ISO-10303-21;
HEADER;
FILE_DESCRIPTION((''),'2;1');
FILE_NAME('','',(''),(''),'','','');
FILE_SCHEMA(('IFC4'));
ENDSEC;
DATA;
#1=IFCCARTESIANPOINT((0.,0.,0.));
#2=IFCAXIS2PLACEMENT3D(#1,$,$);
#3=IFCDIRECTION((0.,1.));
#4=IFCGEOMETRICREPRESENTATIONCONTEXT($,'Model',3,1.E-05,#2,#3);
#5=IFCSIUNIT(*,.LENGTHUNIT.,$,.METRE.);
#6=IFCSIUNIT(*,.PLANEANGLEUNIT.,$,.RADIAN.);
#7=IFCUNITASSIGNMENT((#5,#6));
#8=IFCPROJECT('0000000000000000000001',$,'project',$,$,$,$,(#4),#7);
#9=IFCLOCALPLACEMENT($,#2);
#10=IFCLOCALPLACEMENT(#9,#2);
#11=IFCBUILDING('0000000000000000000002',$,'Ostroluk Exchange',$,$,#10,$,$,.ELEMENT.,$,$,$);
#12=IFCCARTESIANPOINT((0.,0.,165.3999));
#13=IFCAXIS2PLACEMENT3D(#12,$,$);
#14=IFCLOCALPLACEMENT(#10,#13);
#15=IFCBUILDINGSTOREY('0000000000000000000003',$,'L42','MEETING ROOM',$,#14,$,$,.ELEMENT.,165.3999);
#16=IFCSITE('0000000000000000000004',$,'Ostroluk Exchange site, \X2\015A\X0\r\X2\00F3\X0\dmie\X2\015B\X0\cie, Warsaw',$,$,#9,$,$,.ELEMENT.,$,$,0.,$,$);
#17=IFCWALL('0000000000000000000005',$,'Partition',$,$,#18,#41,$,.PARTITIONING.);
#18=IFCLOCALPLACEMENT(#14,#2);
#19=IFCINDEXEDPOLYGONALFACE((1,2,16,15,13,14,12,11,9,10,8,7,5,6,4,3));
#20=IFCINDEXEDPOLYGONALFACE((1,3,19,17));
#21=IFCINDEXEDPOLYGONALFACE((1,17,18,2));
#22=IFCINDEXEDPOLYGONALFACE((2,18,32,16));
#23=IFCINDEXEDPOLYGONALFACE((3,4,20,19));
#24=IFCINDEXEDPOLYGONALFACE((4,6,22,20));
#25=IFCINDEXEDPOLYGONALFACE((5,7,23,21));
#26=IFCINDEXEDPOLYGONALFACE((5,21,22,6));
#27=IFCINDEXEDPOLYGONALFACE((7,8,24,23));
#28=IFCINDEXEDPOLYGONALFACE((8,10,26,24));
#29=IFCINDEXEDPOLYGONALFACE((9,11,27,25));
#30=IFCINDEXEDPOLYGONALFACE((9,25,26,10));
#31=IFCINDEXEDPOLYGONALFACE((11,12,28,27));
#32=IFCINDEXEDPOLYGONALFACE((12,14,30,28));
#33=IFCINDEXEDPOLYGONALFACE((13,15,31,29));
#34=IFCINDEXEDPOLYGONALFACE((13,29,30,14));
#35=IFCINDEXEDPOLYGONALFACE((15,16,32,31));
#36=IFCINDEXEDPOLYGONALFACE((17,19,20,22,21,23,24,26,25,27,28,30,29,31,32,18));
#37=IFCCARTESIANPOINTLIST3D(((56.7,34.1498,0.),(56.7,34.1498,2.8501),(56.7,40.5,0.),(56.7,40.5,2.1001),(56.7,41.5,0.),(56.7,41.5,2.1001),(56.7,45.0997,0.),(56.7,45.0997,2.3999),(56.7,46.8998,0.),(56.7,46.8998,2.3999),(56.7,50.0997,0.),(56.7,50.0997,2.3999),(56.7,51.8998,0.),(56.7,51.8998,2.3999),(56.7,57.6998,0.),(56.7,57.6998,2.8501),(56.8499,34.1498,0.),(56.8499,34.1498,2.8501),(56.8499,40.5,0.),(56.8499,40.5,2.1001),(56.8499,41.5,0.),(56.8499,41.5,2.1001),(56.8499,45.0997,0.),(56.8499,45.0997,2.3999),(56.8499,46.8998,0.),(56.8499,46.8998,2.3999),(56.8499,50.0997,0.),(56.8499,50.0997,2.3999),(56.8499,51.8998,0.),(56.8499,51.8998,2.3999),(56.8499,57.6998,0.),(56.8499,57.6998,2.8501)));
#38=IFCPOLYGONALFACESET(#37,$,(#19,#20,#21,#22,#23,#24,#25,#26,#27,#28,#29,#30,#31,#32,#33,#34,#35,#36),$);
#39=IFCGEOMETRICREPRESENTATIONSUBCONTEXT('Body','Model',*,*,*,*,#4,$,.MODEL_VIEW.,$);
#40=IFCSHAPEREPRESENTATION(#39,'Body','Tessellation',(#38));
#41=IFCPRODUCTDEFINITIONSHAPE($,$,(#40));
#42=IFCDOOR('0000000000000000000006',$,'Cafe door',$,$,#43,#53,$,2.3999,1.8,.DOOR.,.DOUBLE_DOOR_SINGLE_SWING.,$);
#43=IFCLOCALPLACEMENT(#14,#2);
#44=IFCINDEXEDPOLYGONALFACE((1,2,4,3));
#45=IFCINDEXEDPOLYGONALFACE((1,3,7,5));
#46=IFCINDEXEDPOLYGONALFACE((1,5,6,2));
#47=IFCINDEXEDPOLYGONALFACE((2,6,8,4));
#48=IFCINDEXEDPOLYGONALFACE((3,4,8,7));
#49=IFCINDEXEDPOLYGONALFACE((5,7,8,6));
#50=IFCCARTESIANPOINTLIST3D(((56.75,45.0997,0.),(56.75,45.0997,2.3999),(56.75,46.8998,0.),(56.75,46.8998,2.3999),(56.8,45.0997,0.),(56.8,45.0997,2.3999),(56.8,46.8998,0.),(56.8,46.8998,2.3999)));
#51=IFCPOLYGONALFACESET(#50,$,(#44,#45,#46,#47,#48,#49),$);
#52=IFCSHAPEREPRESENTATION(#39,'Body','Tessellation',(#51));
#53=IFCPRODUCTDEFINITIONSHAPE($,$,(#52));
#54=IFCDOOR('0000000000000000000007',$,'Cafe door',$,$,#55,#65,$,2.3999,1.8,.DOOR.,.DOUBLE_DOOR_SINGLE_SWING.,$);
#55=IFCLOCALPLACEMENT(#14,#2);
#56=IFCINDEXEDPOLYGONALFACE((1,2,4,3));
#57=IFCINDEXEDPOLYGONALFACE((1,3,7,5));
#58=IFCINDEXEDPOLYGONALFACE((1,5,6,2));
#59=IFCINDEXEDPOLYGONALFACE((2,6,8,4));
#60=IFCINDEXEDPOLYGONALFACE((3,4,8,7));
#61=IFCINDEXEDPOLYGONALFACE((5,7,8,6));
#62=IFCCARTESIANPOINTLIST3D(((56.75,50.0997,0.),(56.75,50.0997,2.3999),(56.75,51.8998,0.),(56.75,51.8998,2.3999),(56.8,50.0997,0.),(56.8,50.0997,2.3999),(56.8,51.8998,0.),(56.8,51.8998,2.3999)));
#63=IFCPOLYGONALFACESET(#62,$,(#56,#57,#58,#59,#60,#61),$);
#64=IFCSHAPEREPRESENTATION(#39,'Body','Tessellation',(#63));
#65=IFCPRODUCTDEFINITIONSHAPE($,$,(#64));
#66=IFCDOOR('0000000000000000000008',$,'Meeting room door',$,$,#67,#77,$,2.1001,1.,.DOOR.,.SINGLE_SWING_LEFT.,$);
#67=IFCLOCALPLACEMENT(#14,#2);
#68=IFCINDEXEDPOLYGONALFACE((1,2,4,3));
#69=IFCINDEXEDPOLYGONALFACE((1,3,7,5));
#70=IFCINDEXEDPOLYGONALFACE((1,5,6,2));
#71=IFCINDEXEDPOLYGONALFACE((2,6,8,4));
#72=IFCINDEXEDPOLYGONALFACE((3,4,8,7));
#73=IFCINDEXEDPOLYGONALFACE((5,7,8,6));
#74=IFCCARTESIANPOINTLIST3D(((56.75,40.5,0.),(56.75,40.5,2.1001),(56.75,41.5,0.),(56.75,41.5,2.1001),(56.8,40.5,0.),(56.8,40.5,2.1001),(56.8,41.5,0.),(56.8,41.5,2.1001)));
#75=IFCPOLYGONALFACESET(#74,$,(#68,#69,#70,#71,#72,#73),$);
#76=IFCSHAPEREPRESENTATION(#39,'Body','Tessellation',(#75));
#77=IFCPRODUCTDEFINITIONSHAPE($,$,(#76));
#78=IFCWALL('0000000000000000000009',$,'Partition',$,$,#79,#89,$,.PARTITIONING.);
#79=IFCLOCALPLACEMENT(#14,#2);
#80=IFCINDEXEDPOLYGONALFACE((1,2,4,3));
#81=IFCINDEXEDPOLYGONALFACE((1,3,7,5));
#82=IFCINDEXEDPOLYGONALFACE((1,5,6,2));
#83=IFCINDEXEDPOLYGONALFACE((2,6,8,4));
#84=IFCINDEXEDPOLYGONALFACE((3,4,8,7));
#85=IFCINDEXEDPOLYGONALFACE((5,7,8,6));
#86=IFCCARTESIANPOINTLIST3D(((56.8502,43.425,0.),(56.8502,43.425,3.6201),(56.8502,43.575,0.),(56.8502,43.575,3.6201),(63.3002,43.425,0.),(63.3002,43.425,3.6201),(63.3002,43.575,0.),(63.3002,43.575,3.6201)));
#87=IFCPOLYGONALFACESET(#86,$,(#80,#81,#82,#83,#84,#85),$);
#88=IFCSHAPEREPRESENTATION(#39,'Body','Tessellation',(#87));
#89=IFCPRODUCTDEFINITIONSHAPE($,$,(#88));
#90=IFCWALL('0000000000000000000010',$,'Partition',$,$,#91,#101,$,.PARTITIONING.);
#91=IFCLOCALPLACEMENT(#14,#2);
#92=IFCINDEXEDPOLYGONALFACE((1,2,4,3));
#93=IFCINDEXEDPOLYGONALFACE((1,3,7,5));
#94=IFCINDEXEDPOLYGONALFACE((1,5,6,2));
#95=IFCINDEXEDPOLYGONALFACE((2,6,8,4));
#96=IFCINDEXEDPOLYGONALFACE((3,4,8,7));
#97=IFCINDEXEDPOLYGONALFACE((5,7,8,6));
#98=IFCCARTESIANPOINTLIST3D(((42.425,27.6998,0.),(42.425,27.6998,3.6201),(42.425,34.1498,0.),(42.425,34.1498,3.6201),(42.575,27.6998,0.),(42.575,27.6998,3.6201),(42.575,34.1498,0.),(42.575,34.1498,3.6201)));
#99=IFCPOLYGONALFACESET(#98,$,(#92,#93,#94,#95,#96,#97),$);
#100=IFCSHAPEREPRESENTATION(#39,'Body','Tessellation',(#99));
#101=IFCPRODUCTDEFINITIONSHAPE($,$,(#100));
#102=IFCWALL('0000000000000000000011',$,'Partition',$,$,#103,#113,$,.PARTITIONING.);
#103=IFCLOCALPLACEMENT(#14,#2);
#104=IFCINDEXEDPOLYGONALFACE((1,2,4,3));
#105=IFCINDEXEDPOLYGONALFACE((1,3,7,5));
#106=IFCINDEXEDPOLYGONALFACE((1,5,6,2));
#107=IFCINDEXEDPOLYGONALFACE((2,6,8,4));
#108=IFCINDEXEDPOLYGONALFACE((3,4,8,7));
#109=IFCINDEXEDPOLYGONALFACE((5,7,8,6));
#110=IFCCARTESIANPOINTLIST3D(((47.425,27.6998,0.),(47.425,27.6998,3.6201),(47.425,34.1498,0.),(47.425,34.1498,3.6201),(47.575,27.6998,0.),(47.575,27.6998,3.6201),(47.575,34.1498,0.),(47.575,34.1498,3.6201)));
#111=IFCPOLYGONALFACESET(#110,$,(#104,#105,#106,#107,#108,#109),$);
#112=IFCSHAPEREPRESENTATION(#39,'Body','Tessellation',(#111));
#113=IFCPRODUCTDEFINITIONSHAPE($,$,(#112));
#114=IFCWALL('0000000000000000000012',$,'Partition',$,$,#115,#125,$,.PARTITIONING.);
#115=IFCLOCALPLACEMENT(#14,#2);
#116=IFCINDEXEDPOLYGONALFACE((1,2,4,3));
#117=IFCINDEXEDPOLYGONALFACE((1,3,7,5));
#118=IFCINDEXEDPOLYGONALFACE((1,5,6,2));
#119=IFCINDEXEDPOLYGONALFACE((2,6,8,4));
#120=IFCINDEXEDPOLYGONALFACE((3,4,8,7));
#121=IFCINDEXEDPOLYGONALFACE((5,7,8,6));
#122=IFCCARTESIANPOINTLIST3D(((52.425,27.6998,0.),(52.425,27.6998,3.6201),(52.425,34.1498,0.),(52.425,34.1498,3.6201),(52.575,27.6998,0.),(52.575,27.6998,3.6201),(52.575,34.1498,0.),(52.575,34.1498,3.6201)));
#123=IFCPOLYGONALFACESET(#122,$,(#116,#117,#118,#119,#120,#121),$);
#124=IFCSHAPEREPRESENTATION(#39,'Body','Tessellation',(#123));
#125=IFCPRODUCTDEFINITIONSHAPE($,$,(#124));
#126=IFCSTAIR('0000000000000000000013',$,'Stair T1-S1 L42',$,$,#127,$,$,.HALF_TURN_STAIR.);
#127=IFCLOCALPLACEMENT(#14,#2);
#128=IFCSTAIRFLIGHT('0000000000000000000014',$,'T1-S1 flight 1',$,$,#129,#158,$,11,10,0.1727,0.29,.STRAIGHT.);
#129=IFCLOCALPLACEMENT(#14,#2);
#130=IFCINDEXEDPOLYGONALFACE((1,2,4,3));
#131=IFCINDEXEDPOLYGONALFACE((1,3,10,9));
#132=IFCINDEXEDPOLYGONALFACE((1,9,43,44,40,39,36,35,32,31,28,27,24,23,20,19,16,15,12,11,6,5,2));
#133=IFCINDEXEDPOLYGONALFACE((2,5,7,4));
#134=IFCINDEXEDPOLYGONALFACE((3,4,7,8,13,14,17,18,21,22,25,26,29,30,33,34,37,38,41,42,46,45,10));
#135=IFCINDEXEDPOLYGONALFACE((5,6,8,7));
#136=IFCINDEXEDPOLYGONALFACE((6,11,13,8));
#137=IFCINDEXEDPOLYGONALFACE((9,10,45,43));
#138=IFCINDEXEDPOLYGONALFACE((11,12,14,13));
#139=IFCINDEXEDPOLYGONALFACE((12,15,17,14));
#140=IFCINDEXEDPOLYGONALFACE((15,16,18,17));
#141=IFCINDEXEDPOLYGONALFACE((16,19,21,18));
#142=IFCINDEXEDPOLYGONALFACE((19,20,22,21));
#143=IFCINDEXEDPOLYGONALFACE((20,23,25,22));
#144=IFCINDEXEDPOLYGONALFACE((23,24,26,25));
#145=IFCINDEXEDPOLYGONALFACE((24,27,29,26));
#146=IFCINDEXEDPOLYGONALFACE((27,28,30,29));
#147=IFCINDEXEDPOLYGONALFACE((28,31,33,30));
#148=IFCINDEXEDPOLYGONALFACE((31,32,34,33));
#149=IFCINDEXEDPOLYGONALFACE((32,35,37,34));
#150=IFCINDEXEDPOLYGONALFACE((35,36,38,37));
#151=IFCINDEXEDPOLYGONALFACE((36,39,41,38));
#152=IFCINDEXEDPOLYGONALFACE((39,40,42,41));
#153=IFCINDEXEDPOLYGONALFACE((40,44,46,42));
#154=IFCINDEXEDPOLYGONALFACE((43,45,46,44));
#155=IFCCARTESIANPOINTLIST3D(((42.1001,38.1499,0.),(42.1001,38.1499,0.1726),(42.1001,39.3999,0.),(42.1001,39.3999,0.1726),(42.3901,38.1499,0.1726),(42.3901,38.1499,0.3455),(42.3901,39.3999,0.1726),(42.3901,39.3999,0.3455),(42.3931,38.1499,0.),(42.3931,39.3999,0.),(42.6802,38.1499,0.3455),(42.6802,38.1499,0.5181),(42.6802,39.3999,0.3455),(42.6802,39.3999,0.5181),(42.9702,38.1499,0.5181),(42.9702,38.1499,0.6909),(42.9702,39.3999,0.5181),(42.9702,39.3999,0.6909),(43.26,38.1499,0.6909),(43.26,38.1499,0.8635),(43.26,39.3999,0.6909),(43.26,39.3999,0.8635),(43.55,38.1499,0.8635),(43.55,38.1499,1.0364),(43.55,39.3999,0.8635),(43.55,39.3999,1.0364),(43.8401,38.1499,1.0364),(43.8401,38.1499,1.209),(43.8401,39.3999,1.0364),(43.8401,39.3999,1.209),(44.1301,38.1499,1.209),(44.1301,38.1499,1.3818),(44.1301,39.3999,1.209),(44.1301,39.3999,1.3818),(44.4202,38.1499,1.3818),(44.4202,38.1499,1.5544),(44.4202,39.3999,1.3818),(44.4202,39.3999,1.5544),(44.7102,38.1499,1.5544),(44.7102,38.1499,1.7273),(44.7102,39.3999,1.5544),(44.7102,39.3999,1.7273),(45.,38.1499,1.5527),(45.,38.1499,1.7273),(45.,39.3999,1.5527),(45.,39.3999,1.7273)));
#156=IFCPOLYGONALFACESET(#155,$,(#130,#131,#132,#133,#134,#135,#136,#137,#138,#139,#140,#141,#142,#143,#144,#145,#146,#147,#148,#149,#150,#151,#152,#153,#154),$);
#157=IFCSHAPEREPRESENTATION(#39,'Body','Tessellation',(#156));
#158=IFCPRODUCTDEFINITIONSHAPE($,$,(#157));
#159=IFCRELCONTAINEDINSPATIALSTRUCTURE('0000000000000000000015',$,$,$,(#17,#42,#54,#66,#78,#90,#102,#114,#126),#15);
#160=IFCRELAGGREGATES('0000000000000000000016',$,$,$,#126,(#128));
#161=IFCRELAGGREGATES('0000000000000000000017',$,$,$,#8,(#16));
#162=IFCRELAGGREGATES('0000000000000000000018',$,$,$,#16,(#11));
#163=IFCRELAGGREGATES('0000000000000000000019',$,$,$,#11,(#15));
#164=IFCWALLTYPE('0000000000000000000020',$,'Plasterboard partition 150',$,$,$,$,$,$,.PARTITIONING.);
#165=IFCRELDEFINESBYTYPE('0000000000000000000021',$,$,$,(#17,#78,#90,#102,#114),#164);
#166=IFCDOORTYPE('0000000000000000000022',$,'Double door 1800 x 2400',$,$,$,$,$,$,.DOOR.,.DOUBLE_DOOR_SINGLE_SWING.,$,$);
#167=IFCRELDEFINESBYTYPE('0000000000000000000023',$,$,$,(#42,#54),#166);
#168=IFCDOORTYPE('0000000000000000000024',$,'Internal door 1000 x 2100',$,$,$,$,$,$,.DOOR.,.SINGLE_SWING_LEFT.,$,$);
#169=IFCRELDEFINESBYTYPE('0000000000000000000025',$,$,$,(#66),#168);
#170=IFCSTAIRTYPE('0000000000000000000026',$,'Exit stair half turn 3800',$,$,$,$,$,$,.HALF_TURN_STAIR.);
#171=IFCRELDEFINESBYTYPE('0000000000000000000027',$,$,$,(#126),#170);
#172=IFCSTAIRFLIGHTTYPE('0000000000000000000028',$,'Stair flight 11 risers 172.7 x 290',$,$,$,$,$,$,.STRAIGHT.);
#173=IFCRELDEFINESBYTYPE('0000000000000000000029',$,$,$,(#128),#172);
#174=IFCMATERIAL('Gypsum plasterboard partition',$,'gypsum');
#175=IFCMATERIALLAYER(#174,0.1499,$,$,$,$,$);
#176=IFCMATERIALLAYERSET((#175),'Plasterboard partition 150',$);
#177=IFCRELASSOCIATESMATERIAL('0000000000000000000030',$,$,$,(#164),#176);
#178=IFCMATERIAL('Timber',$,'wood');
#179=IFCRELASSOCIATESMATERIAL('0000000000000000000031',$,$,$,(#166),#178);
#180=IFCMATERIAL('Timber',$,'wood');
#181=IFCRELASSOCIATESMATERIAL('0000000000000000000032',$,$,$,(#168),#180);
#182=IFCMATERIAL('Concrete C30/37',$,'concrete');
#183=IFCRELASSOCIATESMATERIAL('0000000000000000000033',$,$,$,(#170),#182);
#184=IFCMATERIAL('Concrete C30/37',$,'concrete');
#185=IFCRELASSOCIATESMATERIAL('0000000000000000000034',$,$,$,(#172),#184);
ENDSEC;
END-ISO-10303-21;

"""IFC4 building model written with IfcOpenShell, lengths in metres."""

from ifc_helpers import new_model, si_unit, direction, frame, frame_2d, origin, place, context, subcontext, project, spatial, polyline, rectangle, outline, extrude, material, layer, layer_set, type_object, element, fill, aggregate, save


model = new_model("IFC4")

# Units and contexts
model_context = context("Model", 3, precision=1e-05, world=origin(), true_north=direction((0.0, 1.0)))
body_context = subcontext(model_context, "Body", "Model", "MODEL_VIEW")
ifc_project = project(units=[si_unit("LENGTHUNIT", "METRE"), si_unit("PLANEANGLEUNIT", "RADIAN")], contexts=[model_context])

# Site, building, storey
site_placement = place(None, origin())
site = spatial("IfcSite", under=ifc_project, at=site_placement, Name="Ostroluk Exchange site, Śródmieście, Warsaw", CompositionType="ELEMENT", RefElevation=0.0)
building_placement = place(site_placement, origin())
building = spatial("IfcBuilding", under=site, at=building_placement, Name="Ostroluk Exchange", CompositionType="ELEMENT")
storey_placement = place(building_placement, frame((0.0, 0.0, 165.3999)))
storey = spatial("IfcBuildingStorey", under=building, at=storey_placement, Name="L42", Description="MEETING ROOM", CompositionType="ELEMENT", Elevation=165.3999)

# Wall, openings, doors
ifc_material_1 = material(Name="Gypsum plasterboard partition", Category="gypsum")
ifc_layer_1 = layer(ifc_material_1, 0.1499)
ifc_layer_set_1 = layer_set([ifc_layer_1], Name="Plasterboard partition 150")
wall_type_1 = type_object("IfcWallType", Name="Plasterboard partition 150", PredefinedType="PARTITIONING", material=ifc_layer_set_1)
wall_1_placement = place(storey_placement, frame((56.7749, 34.1499, 0.0), z_axis=(0.0, 0.0, 1.0), x_axis=(0.0, 1.0, 0.0)))
wall_1 = element("IfcWall", 1, at=wall_1_placement, inside=storey, type_object=wall_type_1, Name="Partition", PredefinedType="PARTITIONING", context=body_context, shape_type="SweptSolid", body=[
    extrude(rectangle(XDim=23.55, YDim=0.1499, at=frame_2d((11.7749, 0.0))), origin(), (0.0, 0.0, 1.0), 2.8501),
])
opening_1_placement = place(wall_1_placement, frame((6.3501, 0.0, 0.0)))
opening_1 = element("IfcOpeningElement", 2, at=opening_1_placement, cuts=wall_1, PredefinedType="OPENING", context=body_context, shape_type="SweptSolid", body=[
    extrude(rectangle(XDim=1.0, YDim=2.1001, at=frame_2d((0.5, 1.05))), frame((0.0, 0.085, 0.0), z_axis=(0.0, -1.0, 0.0), x_axis=(1.0, 0.0, 0.0)), (0.0, 0.0, 1.0), 0.1699),
])
opening_2_placement = place(wall_1_placement, frame((10.95, 0.0, 0.0)))
opening_2 = element("IfcOpeningElement", 3, at=opening_2_placement, cuts=wall_1, PredefinedType="OPENING", context=body_context, shape_type="SweptSolid", body=[
    extrude(rectangle(XDim=1.8, YDim=2.3999, at=frame_2d((0.8999, 1.2))), frame((0.0, 0.085, 0.0), z_axis=(0.0, -1.0, 0.0), x_axis=(1.0, 0.0, 0.0)), (0.0, 0.0, 1.0), 0.1699),
])
opening_3_placement = place(wall_1_placement, frame((15.95, 0.0, 0.0)))
opening_3 = element("IfcOpeningElement", 4, at=opening_3_placement, cuts=wall_1, PredefinedType="OPENING", context=body_context, shape_type="SweptSolid", body=[
    extrude(rectangle(XDim=1.8, YDim=2.3999, at=frame_2d((0.8999, 1.2))), frame((0.0, 0.085, 0.0), z_axis=(0.0, -1.0, 0.0), x_axis=(1.0, 0.0, 0.0)), (0.0, 0.0, 1.0), 0.1699),
])
ifc_material_2 = material(Name="Timber", Category="wood")
door_type_1 = type_object("IfcDoorType", Name="Double door 1800 x 2400", OperationType="DOUBLE_DOOR_SINGLE_SWING", PredefinedType="DOOR", material=ifc_material_2)
door_1_placement = place(opening_2_placement, origin())
door_1 = element("IfcDoor", 5, at=door_1_placement, inside=storey, type_object=door_type_1, Name="Cafe door", OperationType="DOUBLE_DOOR_SINGLE_SWING", OverallHeight=2.3999, OverallWidth=1.8, PredefinedType="DOOR", context=body_context, shape_type="SweptSolid", body=[
    extrude(rectangle(XDim=1.8, YDim=2.3999, at=frame_2d((0.8999, 1.2))), frame((0.0, 0.0249, 0.0), z_axis=(0.0, -1.0, 0.0), x_axis=(1.0, 0.0, 0.0)), (0.0, 0.0, 1.0), 0.05),
])
fill(opening_2, door_1)
door_2_placement = place(opening_3_placement, origin())
door_2 = element("IfcDoor", 6, at=door_2_placement, inside=storey, type_object=door_type_1, Name="Cafe door", OperationType="DOUBLE_DOOR_SINGLE_SWING", OverallHeight=2.3999, OverallWidth=1.8, PredefinedType="DOOR", context=body_context, shape_type="SweptSolid", body=[
    extrude(rectangle(XDim=1.8, YDim=2.3999, at=frame_2d((0.8999, 1.2))), frame((0.0, 0.0249, 0.0), z_axis=(0.0, -1.0, 0.0), x_axis=(1.0, 0.0, 0.0)), (0.0, 0.0, 1.0), 0.05),
])
fill(opening_3, door_2)
ifc_material_3 = material(Name="Timber", Category="wood")
door_type_2 = type_object("IfcDoorType", Name="Internal door 1000 x 2100", OperationType="SINGLE_SWING_LEFT", PredefinedType="DOOR", material=ifc_material_3)
door_3_placement = place(opening_1_placement, origin())
door_3 = element("IfcDoor", 7, at=door_3_placement, inside=storey, type_object=door_type_2, Name="Meeting room door", OperationType="SINGLE_SWING_LEFT", OverallHeight=2.1001, OverallWidth=1.0, PredefinedType="DOOR", context=body_context, shape_type="SweptSolid", body=[
    extrude(rectangle(XDim=1.0, YDim=2.1001, at=frame_2d((0.5, 1.05))), frame((0.0, 0.0249, 0.0), z_axis=(0.0, -1.0, 0.0), x_axis=(1.0, 0.0, 0.0)), (0.0, 0.0, 1.0), 0.05),
])
fill(opening_1, door_3)

# Walls
for number, where, z_axis, x_axis, name in (
    (8, (56.8501, 43.5, 0.0), (0.0, 0.0, 1.0), (1.0, 0.0, 0.0), "Partition"),
    (9, (42.5, 34.1499, 0.0), (0.0, 0.0, 1.0), (0.0, -1.0, 0.0), "Partition"),
    (10, (47.5, 34.1499, 0.0), (0.0, 0.0, 1.0), (0.0, -1.0, 0.0), "Partition"),
    (11, (52.5, 34.1499, 0.0), (0.0, 0.0, 1.0), (0.0, -1.0, 0.0), "Partition"),
):
    element("IfcWall", number, at=place(storey_placement, frame(where, z_axis=z_axis, x_axis=x_axis)), inside=storey, type_object=wall_type_1, Name=name, PredefinedType="PARTITIONING", context=body_context, shape_type="SweptSolid", body=[
        extrude(rectangle(XDim=6.45, YDim=0.1499, at=frame_2d((3.2251, 0.0))), origin(), (0.0, 0.0, 1.0), 3.6201),
    ])

# Stair, stair flight
ifc_material_4 = material(Name="Concrete C30/37", Category="concrete")
stair_type = type_object("IfcStairType", Name="Exit stair half turn 3800", PredefinedType="HALF_TURN_STAIR", material=ifc_material_4)
stair_placement = place(storey_placement, origin())
stair = element("IfcStair", 12, at=stair_placement, inside=storey, type_object=stair_type, Name="Stair T1-S1 L42", PredefinedType="HALF_TURN_STAIR")
ifc_material_5 = material(Name="Concrete C30/37", Category="concrete")
stair_flight_type = type_object("IfcStairFlightType", Name="Stair flight 11 risers 172.7 x 290", PredefinedType="STRAIGHT", material=ifc_material_5)
stair_flight_1_placement = place(storey_placement, frame((42.1001, 38.7749, 0.0), z_axis=(0.0, 0.0, 1.0), x_axis=(1.0, 0.0, 0.0)))
stair_flight_1 = element("IfcStairFlight", 13, at=stair_flight_1_placement, type_object=stair_flight_type, Name="T1-S1 flight 1", NumberOfRisers=11, NumberOfTreads=10, PredefinedType="STRAIGHT", RiserHeight=0.1727, TreadLength=0.29, context=body_context, shape_type="SweptSolid", body=[
    extrude(outline(polyline([(0.0, 0.0), (0.0, 0.1726), (0.29, 0.1726), (0.29, 0.3455), (0.5801, 0.3455), (0.5801, 0.5181), (0.8701, 0.5181), (0.8701, 0.6909), (1.1599, 0.6909), (1.1599, 0.8635), (1.45, 0.8635), (1.45, 1.0364), (1.74, 1.0364), (1.74, 1.209), (2.03, 1.209), (2.03, 1.3818), (2.3201, 1.3818), (2.3201, 1.5544), (2.6101, 1.5544), (2.6101, 1.7273), (2.8999, 1.7273), (2.8999, 1.8999), (2.8999, 1.5527), (0.293, 0.0), (0.0, 0.0)])), frame((0.0, 0.625, 0.0), z_axis=(0.0, -1.0, 0.0), x_axis=(1.0, 0.0, 0.0)), (0.0, 0.0, 1.0), 1.25),
])
aggregate(stair, [stair_flight_1])

save(model, "model.ifc")
